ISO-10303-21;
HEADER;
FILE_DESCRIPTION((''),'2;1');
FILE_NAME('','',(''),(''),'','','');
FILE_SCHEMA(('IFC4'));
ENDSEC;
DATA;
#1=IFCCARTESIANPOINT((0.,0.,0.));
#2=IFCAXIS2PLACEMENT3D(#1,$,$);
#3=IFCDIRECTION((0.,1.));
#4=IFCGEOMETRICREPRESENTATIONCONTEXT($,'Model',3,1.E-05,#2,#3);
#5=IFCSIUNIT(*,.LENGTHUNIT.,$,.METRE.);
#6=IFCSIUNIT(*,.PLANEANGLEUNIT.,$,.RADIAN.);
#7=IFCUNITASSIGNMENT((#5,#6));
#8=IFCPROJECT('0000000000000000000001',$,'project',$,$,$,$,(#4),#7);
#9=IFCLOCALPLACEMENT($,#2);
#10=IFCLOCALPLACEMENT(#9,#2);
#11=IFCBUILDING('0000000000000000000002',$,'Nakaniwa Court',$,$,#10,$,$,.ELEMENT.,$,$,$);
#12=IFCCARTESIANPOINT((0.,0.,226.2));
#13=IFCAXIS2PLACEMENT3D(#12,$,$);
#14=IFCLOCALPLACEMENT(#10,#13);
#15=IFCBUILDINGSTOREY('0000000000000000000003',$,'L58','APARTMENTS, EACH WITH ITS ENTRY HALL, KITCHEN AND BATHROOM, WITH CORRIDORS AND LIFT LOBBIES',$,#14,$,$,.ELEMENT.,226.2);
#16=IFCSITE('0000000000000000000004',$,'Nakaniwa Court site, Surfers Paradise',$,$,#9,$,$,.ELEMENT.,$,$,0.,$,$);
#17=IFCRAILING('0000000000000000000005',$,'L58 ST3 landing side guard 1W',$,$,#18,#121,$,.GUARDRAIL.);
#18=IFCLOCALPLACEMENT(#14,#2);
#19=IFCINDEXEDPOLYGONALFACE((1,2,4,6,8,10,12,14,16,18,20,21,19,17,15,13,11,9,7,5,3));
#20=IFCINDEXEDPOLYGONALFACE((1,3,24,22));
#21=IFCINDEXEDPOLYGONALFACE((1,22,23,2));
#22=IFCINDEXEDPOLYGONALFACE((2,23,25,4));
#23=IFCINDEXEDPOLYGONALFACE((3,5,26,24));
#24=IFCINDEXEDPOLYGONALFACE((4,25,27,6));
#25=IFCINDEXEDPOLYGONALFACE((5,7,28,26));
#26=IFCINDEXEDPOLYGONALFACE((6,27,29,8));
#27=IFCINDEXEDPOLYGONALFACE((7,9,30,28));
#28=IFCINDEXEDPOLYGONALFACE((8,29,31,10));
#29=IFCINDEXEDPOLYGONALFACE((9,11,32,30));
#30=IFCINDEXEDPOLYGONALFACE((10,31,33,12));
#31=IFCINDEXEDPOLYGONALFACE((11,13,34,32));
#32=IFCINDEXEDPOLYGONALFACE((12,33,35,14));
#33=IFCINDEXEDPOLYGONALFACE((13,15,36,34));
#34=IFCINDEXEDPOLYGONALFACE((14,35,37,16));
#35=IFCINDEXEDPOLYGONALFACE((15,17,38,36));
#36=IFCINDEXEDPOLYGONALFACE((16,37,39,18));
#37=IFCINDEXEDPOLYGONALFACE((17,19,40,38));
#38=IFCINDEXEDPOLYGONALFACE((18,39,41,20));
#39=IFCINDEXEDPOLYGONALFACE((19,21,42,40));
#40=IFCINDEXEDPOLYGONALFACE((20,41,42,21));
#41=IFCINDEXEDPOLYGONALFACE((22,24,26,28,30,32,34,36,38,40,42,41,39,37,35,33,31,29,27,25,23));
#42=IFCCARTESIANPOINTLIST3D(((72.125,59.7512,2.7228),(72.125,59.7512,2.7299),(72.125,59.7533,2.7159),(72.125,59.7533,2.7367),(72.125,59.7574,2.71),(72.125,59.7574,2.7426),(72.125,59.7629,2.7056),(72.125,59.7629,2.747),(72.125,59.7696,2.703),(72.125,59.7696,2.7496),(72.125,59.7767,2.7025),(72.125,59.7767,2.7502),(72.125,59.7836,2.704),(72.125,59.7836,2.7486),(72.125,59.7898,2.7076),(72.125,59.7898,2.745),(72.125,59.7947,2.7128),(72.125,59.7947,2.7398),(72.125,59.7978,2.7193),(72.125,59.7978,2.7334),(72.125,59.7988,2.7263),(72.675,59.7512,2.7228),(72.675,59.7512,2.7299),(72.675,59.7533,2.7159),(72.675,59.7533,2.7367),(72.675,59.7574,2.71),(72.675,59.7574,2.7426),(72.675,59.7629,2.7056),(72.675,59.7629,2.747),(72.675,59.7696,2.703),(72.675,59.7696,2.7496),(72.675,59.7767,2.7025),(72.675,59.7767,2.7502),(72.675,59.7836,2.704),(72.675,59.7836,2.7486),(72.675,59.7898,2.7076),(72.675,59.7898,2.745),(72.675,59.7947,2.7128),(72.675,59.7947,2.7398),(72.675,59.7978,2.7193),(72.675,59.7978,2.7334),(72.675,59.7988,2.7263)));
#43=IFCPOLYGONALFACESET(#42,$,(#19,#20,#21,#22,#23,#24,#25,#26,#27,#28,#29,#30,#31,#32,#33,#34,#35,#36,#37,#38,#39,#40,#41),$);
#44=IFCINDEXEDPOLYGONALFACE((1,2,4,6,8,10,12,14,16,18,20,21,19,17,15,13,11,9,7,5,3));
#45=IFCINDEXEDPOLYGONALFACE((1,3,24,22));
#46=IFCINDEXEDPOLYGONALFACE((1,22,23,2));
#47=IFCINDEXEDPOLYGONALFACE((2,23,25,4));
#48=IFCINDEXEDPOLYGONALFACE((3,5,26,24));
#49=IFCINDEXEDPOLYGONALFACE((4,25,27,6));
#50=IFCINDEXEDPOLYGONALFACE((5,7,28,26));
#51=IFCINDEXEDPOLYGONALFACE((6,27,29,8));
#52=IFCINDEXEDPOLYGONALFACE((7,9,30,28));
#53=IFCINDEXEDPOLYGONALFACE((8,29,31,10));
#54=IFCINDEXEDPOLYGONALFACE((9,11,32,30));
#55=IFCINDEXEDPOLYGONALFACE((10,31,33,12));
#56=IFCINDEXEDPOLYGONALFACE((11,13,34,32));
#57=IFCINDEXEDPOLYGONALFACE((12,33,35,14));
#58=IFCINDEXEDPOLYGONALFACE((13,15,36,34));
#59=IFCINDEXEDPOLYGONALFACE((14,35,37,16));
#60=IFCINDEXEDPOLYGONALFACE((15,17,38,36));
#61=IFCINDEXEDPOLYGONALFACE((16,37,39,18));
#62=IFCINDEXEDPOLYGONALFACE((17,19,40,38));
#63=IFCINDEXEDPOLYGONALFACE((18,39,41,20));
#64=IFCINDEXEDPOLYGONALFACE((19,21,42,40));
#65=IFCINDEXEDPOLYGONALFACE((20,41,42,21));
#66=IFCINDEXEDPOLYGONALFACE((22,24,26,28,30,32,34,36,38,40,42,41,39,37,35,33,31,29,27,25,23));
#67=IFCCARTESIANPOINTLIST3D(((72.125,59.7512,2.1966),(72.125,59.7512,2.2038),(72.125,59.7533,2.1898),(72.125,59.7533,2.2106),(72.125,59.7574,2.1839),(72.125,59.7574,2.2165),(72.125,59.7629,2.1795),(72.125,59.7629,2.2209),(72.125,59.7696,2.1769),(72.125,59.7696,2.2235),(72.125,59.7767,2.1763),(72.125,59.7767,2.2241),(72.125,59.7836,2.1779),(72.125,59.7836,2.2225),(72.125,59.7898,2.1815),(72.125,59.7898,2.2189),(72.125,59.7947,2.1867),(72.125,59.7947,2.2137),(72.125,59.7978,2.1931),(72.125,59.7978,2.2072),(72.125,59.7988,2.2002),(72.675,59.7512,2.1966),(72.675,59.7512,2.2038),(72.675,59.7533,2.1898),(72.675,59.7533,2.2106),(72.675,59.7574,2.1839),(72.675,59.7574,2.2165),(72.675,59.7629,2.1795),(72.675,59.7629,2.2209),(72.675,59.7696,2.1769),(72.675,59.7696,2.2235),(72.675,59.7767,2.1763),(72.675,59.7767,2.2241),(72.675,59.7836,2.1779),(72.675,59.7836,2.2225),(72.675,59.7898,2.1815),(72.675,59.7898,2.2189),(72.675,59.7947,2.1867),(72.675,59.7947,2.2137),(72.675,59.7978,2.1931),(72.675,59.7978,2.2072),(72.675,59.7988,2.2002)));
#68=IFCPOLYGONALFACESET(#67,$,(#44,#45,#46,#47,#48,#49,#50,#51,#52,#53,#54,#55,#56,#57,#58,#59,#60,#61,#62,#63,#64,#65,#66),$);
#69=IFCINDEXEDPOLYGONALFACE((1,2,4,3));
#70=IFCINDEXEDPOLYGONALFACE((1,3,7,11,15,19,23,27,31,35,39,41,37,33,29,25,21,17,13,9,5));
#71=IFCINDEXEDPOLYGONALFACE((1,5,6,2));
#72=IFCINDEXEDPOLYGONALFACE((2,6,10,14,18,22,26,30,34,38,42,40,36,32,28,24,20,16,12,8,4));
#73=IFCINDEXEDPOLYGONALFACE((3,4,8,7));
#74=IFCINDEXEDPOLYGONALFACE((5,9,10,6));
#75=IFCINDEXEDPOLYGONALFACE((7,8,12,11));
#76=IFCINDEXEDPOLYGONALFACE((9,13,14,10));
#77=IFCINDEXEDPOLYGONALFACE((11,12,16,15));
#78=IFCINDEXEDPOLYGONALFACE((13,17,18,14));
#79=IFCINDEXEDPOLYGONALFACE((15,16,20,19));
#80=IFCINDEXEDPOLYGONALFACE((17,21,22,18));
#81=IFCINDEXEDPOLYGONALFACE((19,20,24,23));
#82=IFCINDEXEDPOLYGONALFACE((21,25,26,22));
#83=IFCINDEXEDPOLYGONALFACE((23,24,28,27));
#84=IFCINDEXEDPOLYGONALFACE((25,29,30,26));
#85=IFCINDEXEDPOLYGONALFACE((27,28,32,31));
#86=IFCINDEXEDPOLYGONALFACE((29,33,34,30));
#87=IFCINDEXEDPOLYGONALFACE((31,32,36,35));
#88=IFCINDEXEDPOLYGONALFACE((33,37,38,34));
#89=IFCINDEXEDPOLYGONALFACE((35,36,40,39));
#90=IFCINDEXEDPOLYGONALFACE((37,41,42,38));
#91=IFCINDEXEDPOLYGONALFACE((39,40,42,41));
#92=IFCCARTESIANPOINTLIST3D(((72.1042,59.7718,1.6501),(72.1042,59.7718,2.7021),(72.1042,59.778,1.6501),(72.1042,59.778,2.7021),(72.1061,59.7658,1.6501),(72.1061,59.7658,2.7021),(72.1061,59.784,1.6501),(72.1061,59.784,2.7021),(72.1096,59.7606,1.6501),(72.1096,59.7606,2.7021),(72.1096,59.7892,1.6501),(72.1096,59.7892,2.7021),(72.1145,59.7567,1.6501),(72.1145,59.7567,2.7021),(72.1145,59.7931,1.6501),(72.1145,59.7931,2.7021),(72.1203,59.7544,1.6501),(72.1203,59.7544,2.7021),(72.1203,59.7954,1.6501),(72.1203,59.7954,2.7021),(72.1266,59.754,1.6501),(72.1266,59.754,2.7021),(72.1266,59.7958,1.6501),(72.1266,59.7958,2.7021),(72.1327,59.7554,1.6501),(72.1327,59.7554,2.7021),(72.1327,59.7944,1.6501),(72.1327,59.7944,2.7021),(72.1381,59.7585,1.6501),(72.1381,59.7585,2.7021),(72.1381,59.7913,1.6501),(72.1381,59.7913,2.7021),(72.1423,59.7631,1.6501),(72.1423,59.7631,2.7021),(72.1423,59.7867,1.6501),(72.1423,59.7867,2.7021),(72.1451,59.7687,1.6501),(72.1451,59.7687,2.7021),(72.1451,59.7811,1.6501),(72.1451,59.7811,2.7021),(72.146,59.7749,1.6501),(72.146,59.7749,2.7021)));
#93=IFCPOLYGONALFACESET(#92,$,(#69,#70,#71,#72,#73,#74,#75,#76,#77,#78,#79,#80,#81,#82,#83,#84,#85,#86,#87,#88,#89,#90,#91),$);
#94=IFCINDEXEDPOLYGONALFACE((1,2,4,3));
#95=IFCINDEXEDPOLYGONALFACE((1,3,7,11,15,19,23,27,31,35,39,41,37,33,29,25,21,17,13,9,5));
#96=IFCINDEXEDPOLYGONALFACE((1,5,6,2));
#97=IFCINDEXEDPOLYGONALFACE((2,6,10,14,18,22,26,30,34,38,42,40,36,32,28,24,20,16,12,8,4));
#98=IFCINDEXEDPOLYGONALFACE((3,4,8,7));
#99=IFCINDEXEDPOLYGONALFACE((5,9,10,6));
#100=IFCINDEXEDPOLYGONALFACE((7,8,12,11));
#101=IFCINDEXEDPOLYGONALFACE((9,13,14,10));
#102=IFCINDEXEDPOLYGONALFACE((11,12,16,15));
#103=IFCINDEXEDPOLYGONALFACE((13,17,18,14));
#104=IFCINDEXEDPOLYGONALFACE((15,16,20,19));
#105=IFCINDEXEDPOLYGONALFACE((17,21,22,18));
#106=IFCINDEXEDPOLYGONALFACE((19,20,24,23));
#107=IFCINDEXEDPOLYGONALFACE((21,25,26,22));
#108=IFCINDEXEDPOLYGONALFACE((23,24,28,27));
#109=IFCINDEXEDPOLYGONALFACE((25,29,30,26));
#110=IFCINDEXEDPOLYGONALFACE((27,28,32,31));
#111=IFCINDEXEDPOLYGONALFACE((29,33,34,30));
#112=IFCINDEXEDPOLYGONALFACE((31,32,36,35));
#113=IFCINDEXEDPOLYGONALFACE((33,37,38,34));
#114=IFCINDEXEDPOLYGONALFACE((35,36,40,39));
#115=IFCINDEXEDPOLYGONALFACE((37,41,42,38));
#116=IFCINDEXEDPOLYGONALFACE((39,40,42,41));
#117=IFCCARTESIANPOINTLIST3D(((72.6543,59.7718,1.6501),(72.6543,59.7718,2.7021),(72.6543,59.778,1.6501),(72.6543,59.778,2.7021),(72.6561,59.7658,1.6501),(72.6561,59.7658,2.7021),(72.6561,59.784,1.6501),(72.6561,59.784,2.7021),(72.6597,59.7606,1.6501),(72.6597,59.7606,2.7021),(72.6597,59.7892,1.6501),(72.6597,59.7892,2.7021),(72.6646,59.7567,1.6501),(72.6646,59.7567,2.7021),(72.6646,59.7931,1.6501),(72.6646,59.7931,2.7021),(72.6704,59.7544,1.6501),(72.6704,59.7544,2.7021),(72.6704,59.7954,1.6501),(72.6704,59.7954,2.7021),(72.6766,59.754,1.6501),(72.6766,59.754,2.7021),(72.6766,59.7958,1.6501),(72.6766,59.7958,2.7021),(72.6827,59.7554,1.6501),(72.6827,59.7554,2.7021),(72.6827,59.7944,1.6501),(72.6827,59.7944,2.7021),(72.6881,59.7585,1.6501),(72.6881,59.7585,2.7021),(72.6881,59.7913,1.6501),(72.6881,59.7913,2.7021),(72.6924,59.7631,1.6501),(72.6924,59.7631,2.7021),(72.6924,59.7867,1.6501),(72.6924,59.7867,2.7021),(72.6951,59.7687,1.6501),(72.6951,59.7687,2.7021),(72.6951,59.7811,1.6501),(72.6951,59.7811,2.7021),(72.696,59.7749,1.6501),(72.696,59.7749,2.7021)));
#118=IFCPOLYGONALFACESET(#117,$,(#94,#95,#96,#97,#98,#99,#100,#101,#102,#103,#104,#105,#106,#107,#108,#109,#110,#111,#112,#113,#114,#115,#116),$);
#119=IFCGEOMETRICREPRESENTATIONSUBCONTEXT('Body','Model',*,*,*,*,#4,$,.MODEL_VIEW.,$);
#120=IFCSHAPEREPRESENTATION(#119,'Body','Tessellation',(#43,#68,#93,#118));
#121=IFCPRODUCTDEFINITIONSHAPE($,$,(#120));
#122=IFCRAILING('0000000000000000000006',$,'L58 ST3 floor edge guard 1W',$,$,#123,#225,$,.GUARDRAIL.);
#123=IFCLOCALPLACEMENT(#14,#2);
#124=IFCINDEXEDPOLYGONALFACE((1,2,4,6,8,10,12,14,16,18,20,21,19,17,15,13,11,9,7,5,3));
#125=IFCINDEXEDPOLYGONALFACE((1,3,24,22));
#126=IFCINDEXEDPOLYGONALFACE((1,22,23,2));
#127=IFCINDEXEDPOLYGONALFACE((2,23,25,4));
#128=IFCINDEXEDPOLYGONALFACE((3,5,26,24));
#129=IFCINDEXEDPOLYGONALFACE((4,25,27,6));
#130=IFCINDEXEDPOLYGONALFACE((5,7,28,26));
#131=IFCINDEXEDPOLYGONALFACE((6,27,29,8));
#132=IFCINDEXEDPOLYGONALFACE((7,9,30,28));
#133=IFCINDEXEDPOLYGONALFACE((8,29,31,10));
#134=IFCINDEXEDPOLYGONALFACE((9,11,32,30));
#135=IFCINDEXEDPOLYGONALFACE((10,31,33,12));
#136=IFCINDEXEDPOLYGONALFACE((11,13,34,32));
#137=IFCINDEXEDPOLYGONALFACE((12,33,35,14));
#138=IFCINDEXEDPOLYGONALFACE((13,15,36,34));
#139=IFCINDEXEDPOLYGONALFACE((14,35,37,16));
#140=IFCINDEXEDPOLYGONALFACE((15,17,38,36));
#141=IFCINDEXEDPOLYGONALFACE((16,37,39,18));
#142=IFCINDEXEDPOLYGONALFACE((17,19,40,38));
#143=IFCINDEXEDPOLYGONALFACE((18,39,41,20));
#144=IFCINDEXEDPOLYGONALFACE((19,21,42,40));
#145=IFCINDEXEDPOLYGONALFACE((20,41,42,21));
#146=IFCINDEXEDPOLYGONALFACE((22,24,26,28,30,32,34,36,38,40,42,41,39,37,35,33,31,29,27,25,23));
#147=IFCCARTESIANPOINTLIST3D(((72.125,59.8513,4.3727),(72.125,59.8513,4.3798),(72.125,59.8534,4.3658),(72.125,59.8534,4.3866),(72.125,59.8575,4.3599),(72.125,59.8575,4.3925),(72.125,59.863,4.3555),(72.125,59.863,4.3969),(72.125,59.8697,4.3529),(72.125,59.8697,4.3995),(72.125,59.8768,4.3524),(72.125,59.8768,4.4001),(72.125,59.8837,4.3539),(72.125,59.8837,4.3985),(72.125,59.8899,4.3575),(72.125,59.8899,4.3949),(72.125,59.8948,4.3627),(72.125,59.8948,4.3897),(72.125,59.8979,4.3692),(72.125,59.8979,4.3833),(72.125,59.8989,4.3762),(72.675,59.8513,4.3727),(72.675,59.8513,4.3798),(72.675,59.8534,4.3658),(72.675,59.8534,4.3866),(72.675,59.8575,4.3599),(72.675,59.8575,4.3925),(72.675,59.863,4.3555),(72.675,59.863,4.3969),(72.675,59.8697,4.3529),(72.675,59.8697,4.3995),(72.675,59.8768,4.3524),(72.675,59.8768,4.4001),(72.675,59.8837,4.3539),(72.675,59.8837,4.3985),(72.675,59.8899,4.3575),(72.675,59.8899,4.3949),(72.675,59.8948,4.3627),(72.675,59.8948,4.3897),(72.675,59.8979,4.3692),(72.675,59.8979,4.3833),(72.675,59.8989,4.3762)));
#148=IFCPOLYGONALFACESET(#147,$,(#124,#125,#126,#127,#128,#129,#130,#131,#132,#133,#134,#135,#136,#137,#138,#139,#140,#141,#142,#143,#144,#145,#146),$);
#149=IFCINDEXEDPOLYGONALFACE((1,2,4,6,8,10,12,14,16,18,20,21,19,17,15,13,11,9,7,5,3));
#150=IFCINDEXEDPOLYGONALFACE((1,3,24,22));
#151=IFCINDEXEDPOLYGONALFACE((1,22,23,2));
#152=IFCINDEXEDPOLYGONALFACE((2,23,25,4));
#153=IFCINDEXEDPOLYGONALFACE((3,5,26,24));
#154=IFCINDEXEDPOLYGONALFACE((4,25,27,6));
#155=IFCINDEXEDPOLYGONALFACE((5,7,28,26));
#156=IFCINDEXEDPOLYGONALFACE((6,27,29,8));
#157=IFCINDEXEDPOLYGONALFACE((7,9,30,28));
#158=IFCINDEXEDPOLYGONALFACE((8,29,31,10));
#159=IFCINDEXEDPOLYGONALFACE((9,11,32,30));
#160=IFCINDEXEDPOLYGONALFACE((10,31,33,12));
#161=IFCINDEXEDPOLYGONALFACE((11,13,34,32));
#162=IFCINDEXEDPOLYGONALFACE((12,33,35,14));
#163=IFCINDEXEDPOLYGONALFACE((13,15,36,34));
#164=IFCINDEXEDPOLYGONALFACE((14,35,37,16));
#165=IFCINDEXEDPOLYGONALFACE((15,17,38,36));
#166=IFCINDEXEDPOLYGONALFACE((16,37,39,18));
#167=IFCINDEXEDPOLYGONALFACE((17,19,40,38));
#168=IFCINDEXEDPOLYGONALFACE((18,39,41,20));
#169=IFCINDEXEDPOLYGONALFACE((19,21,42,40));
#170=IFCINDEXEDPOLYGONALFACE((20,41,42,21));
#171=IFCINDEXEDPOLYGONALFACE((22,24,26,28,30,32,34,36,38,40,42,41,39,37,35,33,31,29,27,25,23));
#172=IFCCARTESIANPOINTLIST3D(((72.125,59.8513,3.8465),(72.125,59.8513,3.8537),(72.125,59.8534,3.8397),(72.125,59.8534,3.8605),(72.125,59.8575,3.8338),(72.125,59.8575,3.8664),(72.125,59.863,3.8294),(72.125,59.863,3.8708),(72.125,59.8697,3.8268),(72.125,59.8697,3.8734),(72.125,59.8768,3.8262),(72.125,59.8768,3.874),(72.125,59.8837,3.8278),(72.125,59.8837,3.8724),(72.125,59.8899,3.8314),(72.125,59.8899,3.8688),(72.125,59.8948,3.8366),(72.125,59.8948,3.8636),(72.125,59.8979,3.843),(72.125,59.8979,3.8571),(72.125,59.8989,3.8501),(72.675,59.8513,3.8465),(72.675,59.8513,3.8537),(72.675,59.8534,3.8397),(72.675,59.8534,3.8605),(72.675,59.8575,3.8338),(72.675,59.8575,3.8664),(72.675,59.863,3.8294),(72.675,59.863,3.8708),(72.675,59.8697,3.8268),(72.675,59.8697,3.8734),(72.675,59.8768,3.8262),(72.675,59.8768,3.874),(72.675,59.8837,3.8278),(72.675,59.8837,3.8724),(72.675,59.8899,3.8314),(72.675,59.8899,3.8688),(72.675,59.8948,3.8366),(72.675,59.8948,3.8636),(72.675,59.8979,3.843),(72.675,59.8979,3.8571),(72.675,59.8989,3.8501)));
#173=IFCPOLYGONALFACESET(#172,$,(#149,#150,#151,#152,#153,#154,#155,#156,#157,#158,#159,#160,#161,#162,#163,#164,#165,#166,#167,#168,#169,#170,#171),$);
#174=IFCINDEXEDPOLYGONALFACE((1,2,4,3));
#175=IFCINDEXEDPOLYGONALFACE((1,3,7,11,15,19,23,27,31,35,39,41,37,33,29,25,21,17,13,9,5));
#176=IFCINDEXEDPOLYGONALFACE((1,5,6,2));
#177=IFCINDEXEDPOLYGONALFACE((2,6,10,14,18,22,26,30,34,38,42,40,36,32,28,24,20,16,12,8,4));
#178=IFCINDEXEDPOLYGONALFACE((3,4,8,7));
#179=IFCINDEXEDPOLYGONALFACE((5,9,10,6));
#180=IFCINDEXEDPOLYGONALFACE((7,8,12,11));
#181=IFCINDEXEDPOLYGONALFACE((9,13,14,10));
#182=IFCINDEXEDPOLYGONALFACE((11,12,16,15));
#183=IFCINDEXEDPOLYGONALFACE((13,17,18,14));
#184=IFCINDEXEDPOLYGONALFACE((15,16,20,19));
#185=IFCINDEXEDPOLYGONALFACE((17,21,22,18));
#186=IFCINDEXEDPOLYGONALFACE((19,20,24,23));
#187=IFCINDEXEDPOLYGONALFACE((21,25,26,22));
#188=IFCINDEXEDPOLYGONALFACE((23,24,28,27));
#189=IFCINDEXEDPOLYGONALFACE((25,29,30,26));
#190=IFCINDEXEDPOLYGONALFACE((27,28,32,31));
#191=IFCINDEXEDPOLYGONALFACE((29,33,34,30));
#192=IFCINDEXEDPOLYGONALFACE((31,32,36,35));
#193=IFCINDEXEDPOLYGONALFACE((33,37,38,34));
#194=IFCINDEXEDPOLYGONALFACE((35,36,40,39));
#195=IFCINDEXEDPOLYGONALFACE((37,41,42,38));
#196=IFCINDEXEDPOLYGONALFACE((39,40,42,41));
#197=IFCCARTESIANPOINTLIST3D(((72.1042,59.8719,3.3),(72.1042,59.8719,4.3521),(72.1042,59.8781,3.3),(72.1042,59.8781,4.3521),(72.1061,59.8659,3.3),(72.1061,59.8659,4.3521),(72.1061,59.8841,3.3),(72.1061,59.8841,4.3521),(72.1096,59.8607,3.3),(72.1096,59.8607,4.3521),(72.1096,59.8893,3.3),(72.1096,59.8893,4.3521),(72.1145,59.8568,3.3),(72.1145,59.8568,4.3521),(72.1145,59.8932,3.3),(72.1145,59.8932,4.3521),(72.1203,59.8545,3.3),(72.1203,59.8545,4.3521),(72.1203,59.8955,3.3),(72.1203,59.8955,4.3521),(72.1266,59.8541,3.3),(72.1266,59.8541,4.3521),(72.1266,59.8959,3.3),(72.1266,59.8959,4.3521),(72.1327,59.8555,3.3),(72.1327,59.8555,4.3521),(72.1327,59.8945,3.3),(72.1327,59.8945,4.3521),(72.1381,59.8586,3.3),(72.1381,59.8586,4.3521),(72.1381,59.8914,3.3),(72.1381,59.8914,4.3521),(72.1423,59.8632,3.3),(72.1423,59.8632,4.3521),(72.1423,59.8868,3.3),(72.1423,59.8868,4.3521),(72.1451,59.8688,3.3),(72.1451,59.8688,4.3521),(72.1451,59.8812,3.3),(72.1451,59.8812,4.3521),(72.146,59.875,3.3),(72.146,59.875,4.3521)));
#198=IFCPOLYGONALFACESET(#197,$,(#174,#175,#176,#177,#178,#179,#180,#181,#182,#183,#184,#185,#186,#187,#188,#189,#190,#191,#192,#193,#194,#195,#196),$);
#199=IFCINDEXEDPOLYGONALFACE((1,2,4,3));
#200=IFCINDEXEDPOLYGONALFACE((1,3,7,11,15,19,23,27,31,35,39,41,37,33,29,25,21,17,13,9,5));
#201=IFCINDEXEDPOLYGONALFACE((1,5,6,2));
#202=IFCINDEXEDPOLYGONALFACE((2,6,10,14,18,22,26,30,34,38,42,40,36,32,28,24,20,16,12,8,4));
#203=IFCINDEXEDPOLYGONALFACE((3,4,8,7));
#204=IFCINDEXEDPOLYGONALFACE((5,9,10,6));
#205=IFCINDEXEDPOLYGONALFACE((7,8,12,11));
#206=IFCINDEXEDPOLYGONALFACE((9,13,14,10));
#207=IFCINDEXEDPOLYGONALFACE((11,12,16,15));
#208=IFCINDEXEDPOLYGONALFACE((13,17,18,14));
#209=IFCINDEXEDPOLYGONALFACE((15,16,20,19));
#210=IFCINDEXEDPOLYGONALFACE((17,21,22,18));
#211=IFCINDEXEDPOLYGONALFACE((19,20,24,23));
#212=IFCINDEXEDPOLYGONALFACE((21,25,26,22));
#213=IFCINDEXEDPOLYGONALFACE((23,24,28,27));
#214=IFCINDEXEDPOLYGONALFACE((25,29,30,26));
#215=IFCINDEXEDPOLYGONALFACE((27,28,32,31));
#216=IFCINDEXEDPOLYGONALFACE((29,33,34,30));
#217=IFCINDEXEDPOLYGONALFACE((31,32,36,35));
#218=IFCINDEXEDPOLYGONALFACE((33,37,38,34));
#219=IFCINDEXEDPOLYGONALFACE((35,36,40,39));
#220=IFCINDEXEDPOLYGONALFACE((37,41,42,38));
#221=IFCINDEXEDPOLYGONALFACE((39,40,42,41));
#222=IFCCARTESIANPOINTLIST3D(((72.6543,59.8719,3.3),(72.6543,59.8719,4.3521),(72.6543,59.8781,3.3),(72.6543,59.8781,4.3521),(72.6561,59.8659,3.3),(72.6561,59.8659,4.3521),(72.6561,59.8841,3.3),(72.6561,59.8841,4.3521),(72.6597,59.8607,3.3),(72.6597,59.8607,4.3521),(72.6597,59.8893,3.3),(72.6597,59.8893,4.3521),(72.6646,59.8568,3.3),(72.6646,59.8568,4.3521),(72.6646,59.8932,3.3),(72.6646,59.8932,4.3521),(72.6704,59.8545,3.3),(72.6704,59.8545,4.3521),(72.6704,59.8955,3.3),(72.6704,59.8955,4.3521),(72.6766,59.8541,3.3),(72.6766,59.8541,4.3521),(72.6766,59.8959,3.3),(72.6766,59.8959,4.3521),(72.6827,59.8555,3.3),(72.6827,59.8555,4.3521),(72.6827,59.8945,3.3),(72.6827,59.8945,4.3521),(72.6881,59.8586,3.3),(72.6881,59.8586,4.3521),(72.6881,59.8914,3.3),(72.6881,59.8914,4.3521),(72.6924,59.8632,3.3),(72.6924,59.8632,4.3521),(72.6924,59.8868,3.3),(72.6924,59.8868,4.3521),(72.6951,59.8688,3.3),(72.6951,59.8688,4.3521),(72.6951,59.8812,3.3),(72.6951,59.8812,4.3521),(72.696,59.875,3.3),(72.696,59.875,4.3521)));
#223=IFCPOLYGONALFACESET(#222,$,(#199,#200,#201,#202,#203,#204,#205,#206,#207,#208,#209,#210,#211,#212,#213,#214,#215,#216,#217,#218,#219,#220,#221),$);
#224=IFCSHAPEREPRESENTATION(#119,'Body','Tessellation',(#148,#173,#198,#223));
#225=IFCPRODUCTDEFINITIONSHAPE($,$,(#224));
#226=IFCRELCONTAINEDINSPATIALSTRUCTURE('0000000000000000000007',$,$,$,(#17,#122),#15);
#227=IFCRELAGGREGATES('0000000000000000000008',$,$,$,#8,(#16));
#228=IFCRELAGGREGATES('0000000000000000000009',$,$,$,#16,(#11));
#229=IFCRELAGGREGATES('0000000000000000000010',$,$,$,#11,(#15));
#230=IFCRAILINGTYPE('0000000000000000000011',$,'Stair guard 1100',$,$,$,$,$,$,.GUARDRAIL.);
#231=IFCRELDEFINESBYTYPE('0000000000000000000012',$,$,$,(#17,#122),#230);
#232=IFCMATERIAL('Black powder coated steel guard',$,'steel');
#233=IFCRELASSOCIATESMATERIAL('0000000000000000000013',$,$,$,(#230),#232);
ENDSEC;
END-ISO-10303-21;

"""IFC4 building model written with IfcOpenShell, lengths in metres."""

from ifc_helpers import new_model, si_unit, direction, frame, origin, origin_2d, place, context, subcontext, project, spatial, circle, extrude, material, type_object, element, save


model = new_model("IFC4")

# Units and contexts
model_context = context("Model", 3, precision=1e-05, world=origin(), true_north=direction((0.0, 1.0)))
body_context = subcontext(model_context, "Body", "Model", "MODEL_VIEW")
ifc_project = project(units=[si_unit("LENGTHUNIT", "METRE"), si_unit("PLANEANGLEUNIT", "RADIAN")], contexts=[model_context])

# Site, building, storey
site_placement = place(None, origin())
site = spatial("IfcSite", under=ifc_project, at=site_placement, Name="Nakaniwa Court site, Surfers Paradise", CompositionType="ELEMENT", RefElevation=0.0)
building_placement = place(site_placement, origin())
building = spatial("IfcBuilding", under=site, at=building_placement, Name="Nakaniwa Court", CompositionType="ELEMENT")
storey_placement = place(building_placement, frame((0.0, 0.0, 226.2)))
storey = spatial("IfcBuildingStorey", under=building, at=storey_placement, Name="L58", Description="APARTMENTS, EACH WITH ITS ENTRY HALL, KITCHEN AND BATHROOM, WITH CORRIDORS AND LIFT LOBBIES", CompositionType="ELEMENT", Elevation=226.2)

# Railings
ifc_material_1 = material(Name="Black powder coated steel guard", Category="steel")
railing_type_1 = type_object("IfcRailingType", Name="Stair guard 1100", PredefinedType="GUARDRAIL", material=ifc_material_1)
for number, where, name in (
    (1, (72.125, 59.7749, 1.6501), "L58 ST3 landing side guard 1W"),
    (2, (72.125, 59.875, 3.3), "L58 ST3 floor edge guard 1W"),
):
    element("IfcRailing", number, at=place(storey_placement, frame(where)), inside=storey, type_object=railing_type_1, Name=name, PredefinedType="GUARDRAIL", context=body_context, shape_type="SweptSolid", body=[
        extrude(circle(Radius=0.0239, at=origin_2d()), frame((0.0, 0.0, 1.0762), z_axis=(1.0, 0.0, 0.0), x_axis=(0.0, 1.0, 0.0)), (0.0, 0.0, 1.0), 0.55),
        extrude(circle(Radius=0.0239, at=origin_2d()), frame((0.0, 0.0, 0.55), z_axis=(1.0, 0.0, 0.0), x_axis=(0.0, 1.0, 0.0)), (0.0, 0.0, 1.0), 0.55),
        extrude(circle(Radius=0.021, at=origin_2d()), origin(), (0.0, 0.0, 1.0), 1.052),
        extrude(circle(Radius=0.021, at=origin_2d()), frame((0.55, 0.0, 0.0)), (0.0, 0.0, 1.0), 1.052),
    ])

save(model, "model.ifc")
